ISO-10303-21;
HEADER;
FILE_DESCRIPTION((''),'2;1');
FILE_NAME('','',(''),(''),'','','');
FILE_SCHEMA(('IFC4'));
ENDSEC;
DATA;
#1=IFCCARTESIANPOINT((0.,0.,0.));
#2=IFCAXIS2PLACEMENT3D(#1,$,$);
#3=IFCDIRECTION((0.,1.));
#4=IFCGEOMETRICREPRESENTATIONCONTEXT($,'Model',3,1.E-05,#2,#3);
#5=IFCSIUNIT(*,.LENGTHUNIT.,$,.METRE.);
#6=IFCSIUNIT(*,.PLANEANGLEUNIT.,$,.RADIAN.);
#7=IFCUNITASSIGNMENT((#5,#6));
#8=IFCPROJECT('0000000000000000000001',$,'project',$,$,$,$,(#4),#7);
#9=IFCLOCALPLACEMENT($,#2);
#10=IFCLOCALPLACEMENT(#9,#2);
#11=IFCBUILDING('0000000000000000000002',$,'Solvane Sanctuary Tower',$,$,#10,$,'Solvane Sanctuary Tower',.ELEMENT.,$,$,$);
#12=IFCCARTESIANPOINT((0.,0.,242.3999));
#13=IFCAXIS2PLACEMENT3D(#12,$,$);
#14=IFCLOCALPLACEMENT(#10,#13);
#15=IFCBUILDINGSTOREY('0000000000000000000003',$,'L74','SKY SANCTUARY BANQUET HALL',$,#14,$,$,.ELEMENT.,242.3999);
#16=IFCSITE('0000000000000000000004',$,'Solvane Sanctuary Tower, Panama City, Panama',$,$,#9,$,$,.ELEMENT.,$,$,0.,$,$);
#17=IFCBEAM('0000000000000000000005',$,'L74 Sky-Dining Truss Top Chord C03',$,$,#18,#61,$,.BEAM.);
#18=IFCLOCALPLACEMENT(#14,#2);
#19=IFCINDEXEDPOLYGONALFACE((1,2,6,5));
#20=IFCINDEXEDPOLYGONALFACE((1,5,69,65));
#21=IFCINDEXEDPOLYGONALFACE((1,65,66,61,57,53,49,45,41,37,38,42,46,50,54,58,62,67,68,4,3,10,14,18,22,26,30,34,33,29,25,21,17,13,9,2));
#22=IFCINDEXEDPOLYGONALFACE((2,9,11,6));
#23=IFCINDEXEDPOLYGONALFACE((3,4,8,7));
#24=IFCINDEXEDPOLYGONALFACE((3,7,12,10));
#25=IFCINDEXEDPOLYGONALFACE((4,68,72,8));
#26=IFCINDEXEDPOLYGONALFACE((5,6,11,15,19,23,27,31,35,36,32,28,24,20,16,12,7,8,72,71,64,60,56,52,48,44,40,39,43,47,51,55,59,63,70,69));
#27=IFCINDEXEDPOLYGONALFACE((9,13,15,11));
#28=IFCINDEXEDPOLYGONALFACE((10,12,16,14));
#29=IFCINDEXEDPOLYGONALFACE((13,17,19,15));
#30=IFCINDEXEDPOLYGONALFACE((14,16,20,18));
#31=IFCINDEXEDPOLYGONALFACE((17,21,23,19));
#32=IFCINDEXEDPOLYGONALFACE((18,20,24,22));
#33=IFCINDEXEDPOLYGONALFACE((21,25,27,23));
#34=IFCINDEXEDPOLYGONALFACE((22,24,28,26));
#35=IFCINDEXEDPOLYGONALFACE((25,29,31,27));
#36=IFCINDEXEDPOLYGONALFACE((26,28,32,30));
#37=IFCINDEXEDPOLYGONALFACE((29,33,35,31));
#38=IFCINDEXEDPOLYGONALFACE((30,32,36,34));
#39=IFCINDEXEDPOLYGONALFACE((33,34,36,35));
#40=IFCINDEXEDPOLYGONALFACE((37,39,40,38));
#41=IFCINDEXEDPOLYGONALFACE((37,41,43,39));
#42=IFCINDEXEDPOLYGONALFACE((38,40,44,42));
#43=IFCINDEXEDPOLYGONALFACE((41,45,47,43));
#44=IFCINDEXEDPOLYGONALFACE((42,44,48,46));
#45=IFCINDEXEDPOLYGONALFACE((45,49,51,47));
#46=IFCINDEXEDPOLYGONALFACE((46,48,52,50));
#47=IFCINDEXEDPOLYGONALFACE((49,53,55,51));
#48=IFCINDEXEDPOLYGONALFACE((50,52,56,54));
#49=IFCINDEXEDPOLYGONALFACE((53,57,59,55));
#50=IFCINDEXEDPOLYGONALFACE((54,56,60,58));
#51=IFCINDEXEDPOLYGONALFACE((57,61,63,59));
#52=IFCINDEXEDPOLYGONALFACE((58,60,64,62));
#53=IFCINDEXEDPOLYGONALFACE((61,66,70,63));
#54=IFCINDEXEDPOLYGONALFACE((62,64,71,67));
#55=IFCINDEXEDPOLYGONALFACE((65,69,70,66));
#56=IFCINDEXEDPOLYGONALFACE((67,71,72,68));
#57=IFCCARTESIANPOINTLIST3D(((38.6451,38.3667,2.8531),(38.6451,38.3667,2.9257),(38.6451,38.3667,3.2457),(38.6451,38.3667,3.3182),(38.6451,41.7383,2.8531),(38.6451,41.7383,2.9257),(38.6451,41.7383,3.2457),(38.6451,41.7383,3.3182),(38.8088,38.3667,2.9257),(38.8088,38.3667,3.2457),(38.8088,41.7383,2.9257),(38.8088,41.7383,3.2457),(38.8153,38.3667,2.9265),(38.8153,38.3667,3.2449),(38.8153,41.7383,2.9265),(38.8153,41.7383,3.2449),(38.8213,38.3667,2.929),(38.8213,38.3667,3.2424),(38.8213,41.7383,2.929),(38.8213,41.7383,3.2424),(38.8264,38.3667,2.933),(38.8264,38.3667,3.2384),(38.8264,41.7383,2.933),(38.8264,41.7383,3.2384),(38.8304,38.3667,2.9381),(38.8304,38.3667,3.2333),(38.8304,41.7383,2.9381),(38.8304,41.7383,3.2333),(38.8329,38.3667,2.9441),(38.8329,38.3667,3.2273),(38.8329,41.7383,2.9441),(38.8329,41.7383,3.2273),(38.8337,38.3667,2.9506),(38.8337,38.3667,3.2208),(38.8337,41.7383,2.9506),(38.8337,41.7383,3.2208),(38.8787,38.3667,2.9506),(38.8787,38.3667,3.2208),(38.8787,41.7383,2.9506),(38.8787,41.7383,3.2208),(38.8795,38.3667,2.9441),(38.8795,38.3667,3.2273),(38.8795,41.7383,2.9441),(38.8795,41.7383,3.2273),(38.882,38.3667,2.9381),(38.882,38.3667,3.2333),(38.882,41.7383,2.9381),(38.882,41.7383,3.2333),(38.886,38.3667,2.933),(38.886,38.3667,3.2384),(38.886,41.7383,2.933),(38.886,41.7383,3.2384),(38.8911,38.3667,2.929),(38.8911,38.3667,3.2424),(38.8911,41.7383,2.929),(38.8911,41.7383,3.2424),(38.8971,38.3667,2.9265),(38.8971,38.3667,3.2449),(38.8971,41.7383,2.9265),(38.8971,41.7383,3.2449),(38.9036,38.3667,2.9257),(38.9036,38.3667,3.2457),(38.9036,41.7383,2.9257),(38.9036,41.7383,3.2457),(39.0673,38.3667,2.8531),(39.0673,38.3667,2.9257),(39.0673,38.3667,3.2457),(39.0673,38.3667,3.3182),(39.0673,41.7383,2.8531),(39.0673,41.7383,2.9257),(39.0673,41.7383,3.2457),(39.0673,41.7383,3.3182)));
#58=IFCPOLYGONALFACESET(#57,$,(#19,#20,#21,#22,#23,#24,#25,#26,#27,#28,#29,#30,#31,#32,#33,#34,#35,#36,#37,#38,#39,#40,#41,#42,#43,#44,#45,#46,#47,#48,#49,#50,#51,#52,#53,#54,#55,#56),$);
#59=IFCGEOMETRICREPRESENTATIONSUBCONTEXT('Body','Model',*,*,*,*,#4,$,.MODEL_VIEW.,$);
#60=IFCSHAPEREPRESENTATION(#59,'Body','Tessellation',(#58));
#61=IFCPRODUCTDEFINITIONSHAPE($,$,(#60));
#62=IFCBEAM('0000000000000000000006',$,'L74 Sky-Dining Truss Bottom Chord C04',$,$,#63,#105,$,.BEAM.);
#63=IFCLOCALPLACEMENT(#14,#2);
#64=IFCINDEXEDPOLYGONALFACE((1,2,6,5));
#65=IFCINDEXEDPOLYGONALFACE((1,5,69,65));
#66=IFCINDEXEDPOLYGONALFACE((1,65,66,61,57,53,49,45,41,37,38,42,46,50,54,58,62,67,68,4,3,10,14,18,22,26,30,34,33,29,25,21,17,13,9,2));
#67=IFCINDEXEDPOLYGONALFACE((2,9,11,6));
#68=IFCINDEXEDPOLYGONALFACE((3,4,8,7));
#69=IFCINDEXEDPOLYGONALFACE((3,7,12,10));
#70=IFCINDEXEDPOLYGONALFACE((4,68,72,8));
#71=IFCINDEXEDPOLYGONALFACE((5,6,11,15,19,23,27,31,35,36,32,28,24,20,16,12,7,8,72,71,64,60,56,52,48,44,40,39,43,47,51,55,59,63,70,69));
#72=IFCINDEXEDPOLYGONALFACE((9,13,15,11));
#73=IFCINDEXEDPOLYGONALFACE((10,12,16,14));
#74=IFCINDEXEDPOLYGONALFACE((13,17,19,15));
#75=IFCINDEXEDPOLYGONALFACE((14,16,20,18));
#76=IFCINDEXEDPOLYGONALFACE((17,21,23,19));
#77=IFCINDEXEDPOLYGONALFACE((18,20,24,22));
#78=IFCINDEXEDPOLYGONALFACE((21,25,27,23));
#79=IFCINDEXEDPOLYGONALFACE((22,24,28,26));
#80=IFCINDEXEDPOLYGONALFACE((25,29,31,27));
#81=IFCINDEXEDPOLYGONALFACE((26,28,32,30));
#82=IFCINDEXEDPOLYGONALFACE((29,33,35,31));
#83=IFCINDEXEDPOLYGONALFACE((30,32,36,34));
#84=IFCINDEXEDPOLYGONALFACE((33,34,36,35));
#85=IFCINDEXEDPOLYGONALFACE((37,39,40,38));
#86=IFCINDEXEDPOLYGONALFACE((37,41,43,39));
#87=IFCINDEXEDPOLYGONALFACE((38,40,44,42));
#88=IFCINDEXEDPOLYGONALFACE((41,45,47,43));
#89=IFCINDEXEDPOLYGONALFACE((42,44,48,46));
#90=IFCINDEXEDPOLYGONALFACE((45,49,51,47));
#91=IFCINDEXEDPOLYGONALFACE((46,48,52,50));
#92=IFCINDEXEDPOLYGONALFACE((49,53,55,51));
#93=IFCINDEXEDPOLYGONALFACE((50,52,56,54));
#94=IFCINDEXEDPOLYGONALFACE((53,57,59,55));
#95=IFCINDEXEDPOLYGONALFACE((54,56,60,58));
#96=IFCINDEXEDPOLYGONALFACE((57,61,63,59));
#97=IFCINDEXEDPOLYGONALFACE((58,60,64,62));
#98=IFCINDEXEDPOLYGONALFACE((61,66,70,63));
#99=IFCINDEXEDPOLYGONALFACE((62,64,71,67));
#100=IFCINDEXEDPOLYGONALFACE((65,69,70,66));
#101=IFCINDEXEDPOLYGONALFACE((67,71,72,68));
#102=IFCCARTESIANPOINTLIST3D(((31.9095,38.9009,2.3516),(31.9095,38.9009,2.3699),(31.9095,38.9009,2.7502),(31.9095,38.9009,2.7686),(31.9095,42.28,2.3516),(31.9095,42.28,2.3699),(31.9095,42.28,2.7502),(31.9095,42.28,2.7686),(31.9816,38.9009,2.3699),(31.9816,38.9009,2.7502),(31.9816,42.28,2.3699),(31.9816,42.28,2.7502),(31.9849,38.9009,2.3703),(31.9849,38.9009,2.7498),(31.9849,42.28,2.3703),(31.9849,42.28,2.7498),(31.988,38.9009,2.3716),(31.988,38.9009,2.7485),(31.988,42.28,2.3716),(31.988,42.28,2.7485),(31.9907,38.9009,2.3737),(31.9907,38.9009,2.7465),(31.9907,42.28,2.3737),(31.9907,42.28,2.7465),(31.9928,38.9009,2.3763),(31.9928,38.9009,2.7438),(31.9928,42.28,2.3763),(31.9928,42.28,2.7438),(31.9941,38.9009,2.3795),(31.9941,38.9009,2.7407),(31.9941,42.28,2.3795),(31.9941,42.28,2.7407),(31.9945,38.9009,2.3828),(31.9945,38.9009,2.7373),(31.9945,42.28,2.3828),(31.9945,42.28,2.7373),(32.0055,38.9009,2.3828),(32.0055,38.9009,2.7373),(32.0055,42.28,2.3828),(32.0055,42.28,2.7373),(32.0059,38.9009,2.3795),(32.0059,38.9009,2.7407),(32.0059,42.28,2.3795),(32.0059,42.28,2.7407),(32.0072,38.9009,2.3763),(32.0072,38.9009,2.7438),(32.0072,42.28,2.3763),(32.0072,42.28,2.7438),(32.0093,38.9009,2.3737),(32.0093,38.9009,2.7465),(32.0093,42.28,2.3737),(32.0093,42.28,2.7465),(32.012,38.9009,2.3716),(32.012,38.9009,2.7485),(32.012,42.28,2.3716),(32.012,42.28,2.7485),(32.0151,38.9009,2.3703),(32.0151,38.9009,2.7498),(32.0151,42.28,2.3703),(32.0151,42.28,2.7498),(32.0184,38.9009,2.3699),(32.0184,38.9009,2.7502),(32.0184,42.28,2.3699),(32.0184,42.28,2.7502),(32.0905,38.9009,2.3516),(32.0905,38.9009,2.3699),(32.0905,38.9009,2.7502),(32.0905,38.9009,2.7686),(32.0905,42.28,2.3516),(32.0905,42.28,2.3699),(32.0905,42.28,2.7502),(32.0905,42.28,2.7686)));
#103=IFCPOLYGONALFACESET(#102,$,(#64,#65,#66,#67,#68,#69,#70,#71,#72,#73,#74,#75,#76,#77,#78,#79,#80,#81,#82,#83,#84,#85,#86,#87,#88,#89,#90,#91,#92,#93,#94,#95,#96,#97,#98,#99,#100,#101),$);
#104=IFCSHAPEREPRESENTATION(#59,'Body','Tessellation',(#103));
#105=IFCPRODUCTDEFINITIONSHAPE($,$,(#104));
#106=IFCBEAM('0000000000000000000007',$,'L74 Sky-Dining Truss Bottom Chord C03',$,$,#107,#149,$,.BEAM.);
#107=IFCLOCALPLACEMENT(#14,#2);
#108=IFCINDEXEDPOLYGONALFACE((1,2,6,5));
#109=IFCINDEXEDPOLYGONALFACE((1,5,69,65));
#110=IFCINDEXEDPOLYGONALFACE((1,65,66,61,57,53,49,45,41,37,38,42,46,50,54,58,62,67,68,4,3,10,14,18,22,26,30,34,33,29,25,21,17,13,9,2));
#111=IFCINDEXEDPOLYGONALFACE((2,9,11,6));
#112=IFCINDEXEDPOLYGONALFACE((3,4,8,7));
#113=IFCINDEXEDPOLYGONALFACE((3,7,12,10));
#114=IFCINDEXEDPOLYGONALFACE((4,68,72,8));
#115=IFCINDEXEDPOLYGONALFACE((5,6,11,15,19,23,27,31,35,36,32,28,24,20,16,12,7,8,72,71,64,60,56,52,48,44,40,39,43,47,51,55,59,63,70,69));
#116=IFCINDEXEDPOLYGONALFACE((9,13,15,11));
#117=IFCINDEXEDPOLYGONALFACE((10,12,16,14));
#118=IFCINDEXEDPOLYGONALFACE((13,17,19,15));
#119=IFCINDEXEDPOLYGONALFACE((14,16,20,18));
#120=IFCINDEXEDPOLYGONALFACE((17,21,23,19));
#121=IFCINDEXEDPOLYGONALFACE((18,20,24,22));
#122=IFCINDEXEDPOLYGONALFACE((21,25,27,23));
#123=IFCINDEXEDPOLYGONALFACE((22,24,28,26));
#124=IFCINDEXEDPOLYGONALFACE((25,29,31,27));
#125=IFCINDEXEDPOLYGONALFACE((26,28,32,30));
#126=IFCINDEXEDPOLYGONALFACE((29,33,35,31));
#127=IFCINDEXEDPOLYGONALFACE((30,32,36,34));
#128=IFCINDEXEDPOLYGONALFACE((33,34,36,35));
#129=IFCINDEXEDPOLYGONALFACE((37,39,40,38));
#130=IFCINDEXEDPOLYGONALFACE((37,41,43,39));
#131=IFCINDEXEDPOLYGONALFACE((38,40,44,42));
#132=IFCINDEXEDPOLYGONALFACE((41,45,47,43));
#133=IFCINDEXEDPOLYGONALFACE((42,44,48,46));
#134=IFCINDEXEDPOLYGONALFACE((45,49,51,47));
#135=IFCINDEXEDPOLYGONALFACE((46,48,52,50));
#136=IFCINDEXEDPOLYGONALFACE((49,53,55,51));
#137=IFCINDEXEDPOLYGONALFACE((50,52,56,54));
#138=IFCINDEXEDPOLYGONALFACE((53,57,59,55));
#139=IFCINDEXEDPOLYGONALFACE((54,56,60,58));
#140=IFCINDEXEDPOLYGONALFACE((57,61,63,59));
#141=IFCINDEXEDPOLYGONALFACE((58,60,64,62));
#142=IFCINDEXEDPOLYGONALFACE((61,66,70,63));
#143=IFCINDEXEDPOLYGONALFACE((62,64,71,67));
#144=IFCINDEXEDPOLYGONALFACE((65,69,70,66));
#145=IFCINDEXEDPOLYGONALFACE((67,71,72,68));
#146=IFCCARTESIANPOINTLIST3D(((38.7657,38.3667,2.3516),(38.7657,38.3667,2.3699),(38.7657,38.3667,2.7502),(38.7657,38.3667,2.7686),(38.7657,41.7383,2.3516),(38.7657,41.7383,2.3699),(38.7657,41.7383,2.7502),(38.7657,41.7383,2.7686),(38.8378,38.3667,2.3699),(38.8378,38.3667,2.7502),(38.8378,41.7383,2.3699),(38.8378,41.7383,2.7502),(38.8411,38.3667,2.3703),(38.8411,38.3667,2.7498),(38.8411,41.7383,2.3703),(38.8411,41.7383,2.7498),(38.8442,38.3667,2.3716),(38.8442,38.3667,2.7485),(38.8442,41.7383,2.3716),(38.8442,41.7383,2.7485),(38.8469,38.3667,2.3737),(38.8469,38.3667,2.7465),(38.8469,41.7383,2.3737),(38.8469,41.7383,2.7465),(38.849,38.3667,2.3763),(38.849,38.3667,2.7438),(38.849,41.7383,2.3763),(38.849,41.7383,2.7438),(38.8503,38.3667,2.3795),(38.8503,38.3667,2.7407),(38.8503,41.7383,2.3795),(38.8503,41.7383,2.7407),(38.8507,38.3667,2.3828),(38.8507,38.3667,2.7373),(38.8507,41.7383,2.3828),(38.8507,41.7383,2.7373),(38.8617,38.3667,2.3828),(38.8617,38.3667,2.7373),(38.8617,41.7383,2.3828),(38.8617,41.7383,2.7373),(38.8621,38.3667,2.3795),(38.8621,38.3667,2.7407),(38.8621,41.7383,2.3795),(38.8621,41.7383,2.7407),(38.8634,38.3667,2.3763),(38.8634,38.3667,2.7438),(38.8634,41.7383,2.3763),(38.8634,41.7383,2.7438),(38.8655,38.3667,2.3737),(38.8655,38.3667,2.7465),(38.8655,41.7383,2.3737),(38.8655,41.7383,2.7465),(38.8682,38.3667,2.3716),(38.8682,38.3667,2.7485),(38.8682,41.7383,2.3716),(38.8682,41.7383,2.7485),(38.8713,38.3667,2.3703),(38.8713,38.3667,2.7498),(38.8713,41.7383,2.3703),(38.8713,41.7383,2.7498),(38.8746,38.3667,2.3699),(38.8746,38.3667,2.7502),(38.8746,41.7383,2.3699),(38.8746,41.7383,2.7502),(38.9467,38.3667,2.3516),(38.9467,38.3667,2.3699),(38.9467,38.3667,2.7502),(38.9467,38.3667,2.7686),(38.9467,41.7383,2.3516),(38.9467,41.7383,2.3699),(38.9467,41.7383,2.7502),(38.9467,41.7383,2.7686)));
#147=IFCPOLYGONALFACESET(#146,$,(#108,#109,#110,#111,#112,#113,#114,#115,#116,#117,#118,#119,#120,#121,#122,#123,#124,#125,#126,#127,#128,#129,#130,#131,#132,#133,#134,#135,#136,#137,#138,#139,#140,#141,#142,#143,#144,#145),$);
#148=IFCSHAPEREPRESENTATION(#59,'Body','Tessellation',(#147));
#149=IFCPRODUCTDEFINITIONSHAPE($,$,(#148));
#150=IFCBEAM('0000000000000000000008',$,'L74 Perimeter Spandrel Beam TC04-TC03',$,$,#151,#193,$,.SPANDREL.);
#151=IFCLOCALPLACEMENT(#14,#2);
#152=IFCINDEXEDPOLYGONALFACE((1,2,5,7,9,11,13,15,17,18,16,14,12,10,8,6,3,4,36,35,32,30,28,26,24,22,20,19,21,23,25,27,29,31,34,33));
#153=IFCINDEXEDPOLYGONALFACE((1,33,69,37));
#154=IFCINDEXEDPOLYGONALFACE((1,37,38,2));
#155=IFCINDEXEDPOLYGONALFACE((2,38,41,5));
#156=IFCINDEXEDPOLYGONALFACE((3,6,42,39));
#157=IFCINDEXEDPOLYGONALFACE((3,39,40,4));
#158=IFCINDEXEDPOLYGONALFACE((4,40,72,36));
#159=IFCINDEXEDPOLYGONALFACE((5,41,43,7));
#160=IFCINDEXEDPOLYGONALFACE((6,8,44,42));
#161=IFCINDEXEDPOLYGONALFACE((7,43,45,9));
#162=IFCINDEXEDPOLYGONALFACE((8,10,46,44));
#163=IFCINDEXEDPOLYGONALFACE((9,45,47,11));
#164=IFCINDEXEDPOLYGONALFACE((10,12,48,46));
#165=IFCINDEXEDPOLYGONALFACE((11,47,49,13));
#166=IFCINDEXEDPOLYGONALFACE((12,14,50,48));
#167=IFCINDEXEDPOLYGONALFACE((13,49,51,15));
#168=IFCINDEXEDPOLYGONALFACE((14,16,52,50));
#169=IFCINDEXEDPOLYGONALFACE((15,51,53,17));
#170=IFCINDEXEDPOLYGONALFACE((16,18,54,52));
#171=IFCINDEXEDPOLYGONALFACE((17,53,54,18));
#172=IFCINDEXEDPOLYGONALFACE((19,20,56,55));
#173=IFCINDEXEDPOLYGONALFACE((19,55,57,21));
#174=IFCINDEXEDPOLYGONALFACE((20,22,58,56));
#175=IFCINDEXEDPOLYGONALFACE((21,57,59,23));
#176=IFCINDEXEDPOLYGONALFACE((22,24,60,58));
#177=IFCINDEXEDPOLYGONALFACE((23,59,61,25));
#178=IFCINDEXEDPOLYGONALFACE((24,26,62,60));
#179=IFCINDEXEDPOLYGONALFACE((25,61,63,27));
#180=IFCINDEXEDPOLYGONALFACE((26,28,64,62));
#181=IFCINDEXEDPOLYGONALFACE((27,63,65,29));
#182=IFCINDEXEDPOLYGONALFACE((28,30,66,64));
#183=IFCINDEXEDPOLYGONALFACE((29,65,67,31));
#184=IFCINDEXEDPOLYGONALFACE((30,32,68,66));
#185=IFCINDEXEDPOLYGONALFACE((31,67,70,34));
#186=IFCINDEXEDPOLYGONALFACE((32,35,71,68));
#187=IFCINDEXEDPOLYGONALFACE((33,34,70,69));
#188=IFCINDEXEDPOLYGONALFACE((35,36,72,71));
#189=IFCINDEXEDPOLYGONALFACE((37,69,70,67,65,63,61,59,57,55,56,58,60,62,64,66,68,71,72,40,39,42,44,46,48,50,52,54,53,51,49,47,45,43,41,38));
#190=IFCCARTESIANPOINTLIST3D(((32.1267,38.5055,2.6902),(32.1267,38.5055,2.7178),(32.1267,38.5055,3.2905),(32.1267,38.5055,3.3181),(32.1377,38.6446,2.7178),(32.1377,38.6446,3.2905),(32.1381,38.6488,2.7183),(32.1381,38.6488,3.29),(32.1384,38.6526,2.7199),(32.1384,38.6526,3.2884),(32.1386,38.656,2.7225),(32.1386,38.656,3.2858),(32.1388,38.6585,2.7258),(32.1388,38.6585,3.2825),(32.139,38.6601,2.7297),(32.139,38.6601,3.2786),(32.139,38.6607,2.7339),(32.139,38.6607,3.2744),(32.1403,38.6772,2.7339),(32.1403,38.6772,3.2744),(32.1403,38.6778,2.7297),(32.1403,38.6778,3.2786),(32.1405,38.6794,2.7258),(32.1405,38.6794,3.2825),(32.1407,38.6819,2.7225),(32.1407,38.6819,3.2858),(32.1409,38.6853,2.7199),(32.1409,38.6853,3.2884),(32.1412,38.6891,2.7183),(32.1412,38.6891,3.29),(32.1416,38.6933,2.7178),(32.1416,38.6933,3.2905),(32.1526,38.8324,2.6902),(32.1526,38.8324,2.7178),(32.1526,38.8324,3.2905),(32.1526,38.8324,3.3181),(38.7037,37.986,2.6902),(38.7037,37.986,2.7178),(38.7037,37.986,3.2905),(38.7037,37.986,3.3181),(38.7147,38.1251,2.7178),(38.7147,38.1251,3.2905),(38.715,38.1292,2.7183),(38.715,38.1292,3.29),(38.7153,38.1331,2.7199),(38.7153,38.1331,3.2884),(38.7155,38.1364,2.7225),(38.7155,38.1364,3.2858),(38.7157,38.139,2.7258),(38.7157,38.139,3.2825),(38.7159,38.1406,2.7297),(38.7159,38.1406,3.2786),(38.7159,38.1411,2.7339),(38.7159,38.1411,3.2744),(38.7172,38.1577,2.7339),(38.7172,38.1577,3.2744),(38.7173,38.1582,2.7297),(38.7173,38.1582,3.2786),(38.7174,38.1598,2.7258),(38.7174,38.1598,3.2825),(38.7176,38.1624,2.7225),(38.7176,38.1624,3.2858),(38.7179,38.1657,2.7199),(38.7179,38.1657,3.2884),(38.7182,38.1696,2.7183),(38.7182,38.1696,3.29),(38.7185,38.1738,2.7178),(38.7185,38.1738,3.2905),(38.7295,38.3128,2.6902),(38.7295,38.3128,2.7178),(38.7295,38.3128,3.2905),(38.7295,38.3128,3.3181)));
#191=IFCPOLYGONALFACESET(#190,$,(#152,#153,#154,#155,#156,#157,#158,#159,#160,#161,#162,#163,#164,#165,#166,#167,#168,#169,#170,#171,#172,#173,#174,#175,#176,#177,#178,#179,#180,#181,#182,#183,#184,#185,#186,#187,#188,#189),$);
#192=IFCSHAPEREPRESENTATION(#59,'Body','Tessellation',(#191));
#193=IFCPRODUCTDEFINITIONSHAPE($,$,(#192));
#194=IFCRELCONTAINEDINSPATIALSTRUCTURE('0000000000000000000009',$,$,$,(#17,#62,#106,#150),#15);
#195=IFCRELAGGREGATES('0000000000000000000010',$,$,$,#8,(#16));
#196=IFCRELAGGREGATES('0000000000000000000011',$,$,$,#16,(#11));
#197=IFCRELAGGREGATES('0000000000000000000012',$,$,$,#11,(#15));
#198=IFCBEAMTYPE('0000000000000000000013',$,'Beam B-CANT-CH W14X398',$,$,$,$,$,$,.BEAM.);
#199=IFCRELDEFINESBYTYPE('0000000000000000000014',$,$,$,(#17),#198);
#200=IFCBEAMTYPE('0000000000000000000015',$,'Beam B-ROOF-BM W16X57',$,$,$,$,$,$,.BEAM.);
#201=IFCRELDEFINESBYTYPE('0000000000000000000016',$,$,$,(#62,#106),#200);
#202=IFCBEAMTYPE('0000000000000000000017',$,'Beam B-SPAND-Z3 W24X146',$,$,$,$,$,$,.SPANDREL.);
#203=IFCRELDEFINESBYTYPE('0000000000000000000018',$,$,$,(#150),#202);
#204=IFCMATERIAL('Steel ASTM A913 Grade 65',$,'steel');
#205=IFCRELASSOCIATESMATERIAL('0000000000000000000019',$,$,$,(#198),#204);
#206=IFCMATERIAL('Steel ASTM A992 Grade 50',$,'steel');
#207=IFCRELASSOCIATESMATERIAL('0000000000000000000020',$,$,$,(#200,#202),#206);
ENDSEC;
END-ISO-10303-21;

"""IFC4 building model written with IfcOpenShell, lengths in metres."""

from ifc_helpers import new_model, si_unit, direction, frame, origin, origin_2d, place, context, subcontext, project, spatial, i_section, extrude, material, material_profile, profile_set, type_object, element, save


model = new_model("IFC4")

# Units and contexts
model_context = context("Model", 3, precision=1e-05, world=origin(), true_north=direction((0.0, 1.0)))
body_context = subcontext(model_context, "Body", "Model", "MODEL_VIEW")
ifc_project = project(units=[si_unit("LENGTHUNIT", "METRE"), si_unit("PLANEANGLEUNIT", "RADIAN")], contexts=[model_context])

# Site, building, storey
site_placement = place(None, origin())
site = spatial("IfcSite", under=ifc_project, at=site_placement, Name="Solvane Sanctuary Tower, Panama City, Panama", CompositionType="ELEMENT", RefElevation=0.0)
building_placement = place(site_placement, origin())
building = spatial("IfcBuilding", under=site, at=building_placement, Name="Solvane Sanctuary Tower", LongName="Solvane Sanctuary Tower", CompositionType="ELEMENT")
storey_placement = place(building_placement, frame((0.0, 0.0, 242.3999)))
storey = spatial("IfcBuildingStorey", under=building, at=storey_placement, Name="L74", Description="SKY SANCTUARY BANQUET HALL", CompositionType="ELEMENT", Elevation=242.3999)

# Shared definitions
ifc_material_1 = material(Name="Steel ASTM A913 Grade 65", Category="steel")

# Beams
ifc_material_profile_1 = material_profile(ifc_material_1, i_section(OverallWidth=0.4221, OverallDepth=0.4651, WebThickness=0.0449, FlangeThickness=0.0725, FilletRadius=0.0249, at=origin_2d()), Name="W14X398")
ifc_profile_set_1 = profile_set([ifc_material_profile_1], Name="Steel ASTM A913 Grade 65")
beam_type_1 = type_object("IfcBeamType", Name="Beam B-CANT-CH W14X398", PredefinedType="BEAM", material=ifc_profile_set_1)
beam_1_placement = place(storey_placement, frame((38.8562, 38.3667, 3.0857), z_axis=(0.0, 1.0, 0.0), x_axis=(-1.0, 0.0, 0.0)))
element("IfcBeam", 1, at=beam_1_placement, inside=storey, type_object=beam_type_1, Name="L74 Sky-Dining Truss Top Chord C03", PredefinedType="BEAM", context=body_context, shape_type="SweptSolid", body=[
    extrude(i_section(OverallWidth=0.4221, OverallDepth=0.4651, WebThickness=0.0449, FlangeThickness=0.0725, FilletRadius=0.0249, at=origin_2d()), origin(), (0.0, 0.0, 1.0), 3.3716),
])
ifc_material_2 = material(Name="Steel ASTM A992 Grade 50", Category="steel")
ifc_material_profile_2 = material_profile(ifc_material_2, i_section(OverallWidth=0.1809, OverallDepth=0.417, WebThickness=0.011, FlangeThickness=0.0183, FilletRadius=0.0129, at=origin_2d()), Name="W16X57")
ifc_profile_set_2 = profile_set([ifc_material_profile_2], Name="Steel ASTM A992 Grade 50")
beam_type_2 = type_object("IfcBeamType", Name="Beam B-ROOF-BM W16X57", PredefinedType="BEAM", material=ifc_profile_set_2)
beam_2_placement = place(storey_placement, frame((32.0, 38.9009, 2.5601), z_axis=(0.0, 1.0, 0.0), x_axis=(-1.0, 0.0, 0.0)))
element("IfcBeam", 2, at=beam_2_placement, inside=storey, type_object=beam_type_2, Name="L74 Sky-Dining Truss Bottom Chord C04", PredefinedType="BEAM", context=body_context, shape_type="SweptSolid", body=[
    extrude(i_section(OverallWidth=0.1809, OverallDepth=0.417, WebThickness=0.011, FlangeThickness=0.0183, FilletRadius=0.0129, at=origin_2d()), origin(), (0.0, 0.0, 1.0), 3.3792),
])
beam_3_placement = place(storey_placement, frame((38.8562, 38.3667, 2.5601), z_axis=(0.0, 1.0, 0.0), x_axis=(-1.0, 0.0, 0.0)))
element("IfcBeam", 3, at=beam_3_placement, inside=storey, type_object=beam_type_2, Name="L74 Sky-Dining Truss Bottom Chord C03", PredefinedType="BEAM", context=body_context, shape_type="SweptSolid", body=[
    extrude(i_section(OverallWidth=0.1809, OverallDepth=0.417, WebThickness=0.011, FlangeThickness=0.0183, FilletRadius=0.0129, at=origin_2d()), origin(), (0.0, 0.0, 1.0), 3.3716),
])
ifc_material_profile_3 = material_profile(ifc_material_2, i_section(OverallWidth=0.3279, OverallDepth=0.6279, WebThickness=0.0166, FlangeThickness=0.0276, FilletRadius=0.0161, at=origin_2d()), Name="W24X146")
ifc_profile_set_3 = profile_set([ifc_material_profile_3], Name="Steel ASTM A992 Grade 50")
beam_type_3 = type_object("IfcBeamType", Name="Beam B-SPAND-Z3 W24X146", PredefinedType="SPANDREL", material=ifc_profile_set_3)
beam_4_placement = place(storey_placement, frame((32.1396, 38.6689, 3.0042), z_axis=(0.996895, -0.078748, 0.0), x_axis=(0.078748, 0.996895, 0.0)))
element("IfcBeam", 4, at=beam_4_placement, inside=storey, type_object=beam_type_3, Name="L74 Perimeter Spandrel Beam TC04-TC03", PredefinedType="SPANDREL", context=body_context, shape_type="SweptSolid", body=[
    extrude(i_section(OverallWidth=0.3279, OverallDepth=0.6279, WebThickness=0.0166, FlangeThickness=0.0276, FilletRadius=0.0161, at=origin_2d()), origin(), (0.0, 0.0, 1.0), 6.5974),
])

save(model, "model.ifc")
